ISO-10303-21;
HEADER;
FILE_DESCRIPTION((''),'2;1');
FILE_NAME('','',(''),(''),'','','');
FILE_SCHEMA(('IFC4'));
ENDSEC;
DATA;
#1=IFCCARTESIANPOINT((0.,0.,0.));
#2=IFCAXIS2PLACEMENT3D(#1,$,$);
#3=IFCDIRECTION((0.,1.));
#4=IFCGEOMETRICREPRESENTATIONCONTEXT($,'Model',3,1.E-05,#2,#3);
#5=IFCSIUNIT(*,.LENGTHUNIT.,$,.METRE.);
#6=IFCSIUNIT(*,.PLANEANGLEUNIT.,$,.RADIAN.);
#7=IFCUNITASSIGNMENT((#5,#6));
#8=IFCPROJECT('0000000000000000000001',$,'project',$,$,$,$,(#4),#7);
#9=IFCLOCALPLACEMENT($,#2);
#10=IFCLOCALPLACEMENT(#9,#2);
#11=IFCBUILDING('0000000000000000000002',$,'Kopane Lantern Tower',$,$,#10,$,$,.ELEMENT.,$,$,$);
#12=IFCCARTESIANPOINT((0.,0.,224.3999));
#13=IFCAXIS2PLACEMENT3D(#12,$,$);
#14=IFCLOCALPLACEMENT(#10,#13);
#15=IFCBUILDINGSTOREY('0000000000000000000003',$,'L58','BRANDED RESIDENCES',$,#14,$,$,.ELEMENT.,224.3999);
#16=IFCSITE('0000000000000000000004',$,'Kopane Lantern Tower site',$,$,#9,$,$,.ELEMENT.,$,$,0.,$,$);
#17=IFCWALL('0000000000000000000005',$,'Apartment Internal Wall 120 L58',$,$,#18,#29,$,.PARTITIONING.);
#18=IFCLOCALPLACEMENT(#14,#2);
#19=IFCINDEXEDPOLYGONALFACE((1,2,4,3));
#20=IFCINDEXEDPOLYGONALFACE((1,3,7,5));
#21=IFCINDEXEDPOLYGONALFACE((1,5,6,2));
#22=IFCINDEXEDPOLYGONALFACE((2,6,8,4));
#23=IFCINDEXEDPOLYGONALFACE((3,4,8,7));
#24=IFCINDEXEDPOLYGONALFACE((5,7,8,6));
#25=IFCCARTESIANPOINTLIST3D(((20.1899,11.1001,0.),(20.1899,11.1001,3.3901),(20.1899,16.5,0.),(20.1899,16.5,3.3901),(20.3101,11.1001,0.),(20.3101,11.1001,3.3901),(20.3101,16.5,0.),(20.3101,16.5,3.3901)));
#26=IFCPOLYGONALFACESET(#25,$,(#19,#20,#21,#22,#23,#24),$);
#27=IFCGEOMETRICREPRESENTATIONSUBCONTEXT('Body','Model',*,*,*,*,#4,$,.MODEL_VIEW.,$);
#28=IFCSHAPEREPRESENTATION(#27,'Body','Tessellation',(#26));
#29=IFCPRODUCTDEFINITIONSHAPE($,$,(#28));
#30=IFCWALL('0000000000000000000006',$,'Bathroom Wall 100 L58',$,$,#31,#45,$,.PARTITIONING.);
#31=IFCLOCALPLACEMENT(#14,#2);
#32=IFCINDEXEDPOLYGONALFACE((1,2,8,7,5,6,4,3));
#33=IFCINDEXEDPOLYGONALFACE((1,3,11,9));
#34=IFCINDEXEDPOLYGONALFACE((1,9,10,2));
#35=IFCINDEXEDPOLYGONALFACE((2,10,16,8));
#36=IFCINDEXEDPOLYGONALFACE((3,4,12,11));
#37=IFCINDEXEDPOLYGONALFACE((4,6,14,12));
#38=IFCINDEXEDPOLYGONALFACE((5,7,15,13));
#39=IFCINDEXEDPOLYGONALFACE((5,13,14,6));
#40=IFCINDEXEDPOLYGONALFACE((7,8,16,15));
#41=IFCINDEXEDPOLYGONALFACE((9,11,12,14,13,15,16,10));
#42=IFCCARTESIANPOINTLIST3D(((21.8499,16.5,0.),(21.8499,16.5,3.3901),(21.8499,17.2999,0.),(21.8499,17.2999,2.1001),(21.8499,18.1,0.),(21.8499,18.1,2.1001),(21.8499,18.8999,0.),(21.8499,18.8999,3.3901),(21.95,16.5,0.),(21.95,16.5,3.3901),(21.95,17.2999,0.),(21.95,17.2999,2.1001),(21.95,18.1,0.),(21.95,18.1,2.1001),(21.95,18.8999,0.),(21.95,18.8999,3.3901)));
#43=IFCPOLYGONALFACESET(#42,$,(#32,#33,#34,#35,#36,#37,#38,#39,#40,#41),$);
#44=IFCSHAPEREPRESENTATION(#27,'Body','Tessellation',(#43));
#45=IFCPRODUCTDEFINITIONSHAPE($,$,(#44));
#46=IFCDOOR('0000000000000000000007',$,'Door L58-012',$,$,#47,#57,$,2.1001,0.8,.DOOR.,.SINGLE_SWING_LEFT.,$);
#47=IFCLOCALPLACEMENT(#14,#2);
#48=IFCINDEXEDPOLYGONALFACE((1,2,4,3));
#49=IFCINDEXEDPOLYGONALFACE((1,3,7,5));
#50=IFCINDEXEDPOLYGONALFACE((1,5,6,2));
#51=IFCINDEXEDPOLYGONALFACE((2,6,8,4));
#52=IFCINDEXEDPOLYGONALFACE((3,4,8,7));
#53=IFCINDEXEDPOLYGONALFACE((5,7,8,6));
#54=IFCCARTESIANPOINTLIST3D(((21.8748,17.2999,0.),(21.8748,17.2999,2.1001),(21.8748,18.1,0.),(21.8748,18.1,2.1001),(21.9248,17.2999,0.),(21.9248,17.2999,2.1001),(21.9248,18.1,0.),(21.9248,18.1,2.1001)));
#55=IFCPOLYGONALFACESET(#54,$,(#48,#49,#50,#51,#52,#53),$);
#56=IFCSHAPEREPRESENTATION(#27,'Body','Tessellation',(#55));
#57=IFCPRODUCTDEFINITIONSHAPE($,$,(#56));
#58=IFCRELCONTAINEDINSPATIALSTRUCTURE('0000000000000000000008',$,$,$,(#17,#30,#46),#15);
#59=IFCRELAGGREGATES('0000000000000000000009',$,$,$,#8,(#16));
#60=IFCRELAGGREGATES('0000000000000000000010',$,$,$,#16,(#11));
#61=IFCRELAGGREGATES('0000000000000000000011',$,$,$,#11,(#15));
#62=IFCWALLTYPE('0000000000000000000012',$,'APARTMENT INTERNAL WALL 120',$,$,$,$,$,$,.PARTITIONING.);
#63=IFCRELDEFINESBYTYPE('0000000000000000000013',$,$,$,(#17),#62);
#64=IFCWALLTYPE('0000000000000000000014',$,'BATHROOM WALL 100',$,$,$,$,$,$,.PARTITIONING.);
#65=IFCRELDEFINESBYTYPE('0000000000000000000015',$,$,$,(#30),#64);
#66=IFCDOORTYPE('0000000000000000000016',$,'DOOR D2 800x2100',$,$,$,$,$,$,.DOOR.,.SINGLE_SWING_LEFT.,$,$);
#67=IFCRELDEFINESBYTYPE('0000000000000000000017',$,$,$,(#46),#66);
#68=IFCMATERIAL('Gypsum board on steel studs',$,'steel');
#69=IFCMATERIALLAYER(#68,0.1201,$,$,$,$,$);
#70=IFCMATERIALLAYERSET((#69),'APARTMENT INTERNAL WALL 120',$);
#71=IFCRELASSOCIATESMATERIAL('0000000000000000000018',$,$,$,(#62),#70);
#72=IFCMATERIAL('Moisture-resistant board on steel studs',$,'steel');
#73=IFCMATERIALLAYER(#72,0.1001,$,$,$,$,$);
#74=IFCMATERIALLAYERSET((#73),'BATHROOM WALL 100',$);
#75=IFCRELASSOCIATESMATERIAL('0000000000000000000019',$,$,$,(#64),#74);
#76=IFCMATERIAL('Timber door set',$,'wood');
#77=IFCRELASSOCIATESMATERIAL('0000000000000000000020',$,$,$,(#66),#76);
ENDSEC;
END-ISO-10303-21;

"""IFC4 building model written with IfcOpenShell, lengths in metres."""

from ifc_helpers import new_model, si_unit, direction, frame, frame_2d, origin, place, context, subcontext, project, spatial, rectangle, extrude, material, layer, layer_set, type_object, element, fill, save


model = new_model("IFC4")

# Units and contexts
model_context = context("Model", 3, precision=1e-05, world=origin(), true_north=direction((0.0, 1.0)))
body_context = subcontext(model_context, "Body", "Model", "MODEL_VIEW")
ifc_project = project(units=[si_unit("LENGTHUNIT", "METRE"), si_unit("PLANEANGLEUNIT", "RADIAN")], contexts=[model_context])

# Site, building, storey
site_placement = place(None, origin())
site = spatial("IfcSite", under=ifc_project, at=site_placement, Name="Kopane Lantern Tower site", CompositionType="ELEMENT", RefElevation=0.0)
building_placement = place(site_placement, origin())
building = spatial("IfcBuilding", under=site, at=building_placement, Name="Kopane Lantern Tower", CompositionType="ELEMENT")
storey_placement = place(building_placement, frame((0.0, 0.0, 224.3999)))
storey = spatial("IfcBuildingStorey", under=building, at=storey_placement, Name="L58", Description="BRANDED RESIDENCES", CompositionType="ELEMENT", Elevation=224.3999)

# Wall
ifc_material_1 = material(Name="Gypsum board on steel studs", Category="steel")
ifc_layer_1 = layer(ifc_material_1, 0.1201)
ifc_layer_set_1 = layer_set([ifc_layer_1], Name="APARTMENT INTERNAL WALL 120")
wall_type_1 = type_object("IfcWallType", Name="APARTMENT INTERNAL WALL 120", PredefinedType="PARTITIONING", material=ifc_layer_set_1)
wall_1_placement = place(storey_placement, frame((20.25, 16.5, 0.0), z_axis=(0.0, 0.0, 1.0), x_axis=(0.0, -1.0, 0.0)))
element("IfcWall", 1, at=wall_1_placement, inside=storey, type_object=wall_type_1, Name="Apartment Internal Wall 120 L58", PredefinedType="PARTITIONING", context=body_context, shape_type="SweptSolid", body=[
    extrude(rectangle(XDim=5.3999, YDim=0.1201, at=frame_2d((2.7, 0.0))), origin(), (0.0, 0.0, 1.0), 3.3901),
])

# Wall, opening, door
ifc_material_2 = material(Name="Moisture-resistant board on steel studs", Category="steel")
ifc_layer_2 = layer(ifc_material_2, 0.1001)
ifc_layer_set_2 = layer_set([ifc_layer_2], Name="BATHROOM WALL 100")
wall_type_2 = type_object("IfcWallType", Name="BATHROOM WALL 100", PredefinedType="PARTITIONING", material=ifc_layer_set_2)
wall_2_placement = place(storey_placement, frame((21.8999, 18.8999, 0.0), z_axis=(0.0, 0.0, 1.0), x_axis=(0.0, -1.0, 0.0)))
wall_2 = element("IfcWall", 2, at=wall_2_placement, inside=storey, type_object=wall_type_2, Name="Bathroom Wall 100 L58", PredefinedType="PARTITIONING", context=body_context, shape_type="SweptSolid", body=[
    extrude(rectangle(XDim=2.3999, YDim=0.1001, at=frame_2d((1.2, 0.0))), origin(), (0.0, 0.0, 1.0), 3.3901),
])
opening_placement = place(wall_2_placement, frame((0.8, 0.0, 0.0)))
opening = element("IfcOpeningElement", 3, at=opening_placement, cuts=wall_2, PredefinedType="OPENING", context=body_context, shape_type="SweptSolid", body=[
    extrude(rectangle(XDim=0.8, YDim=2.1001, at=frame_2d((0.3999, 1.05))), frame((0.0, 0.0601, 0.0), z_axis=(0.0, -1.0, 0.0), x_axis=(1.0, 0.0, 0.0)), (0.0, 0.0, 1.0), 0.1201),
])
ifc_material_3 = material(Name="Timber door set", Category="wood")
door_type = type_object("IfcDoorType", Name="DOOR D2 800x2100", OperationType="SINGLE_SWING_LEFT", PredefinedType="DOOR", material=ifc_material_3)
door_placement = place(opening_placement, origin())
door = element("IfcDoor", 4, at=door_placement, inside=storey, type_object=door_type, Name="Door L58-012", OperationType="SINGLE_SWING_LEFT", OverallHeight=2.1001, OverallWidth=0.8, PredefinedType="DOOR", context=body_context, shape_type="SweptSolid", body=[
    extrude(rectangle(XDim=0.8, YDim=2.1001, at=frame_2d((0.3999, 1.05))), frame((0.0, 0.0249, 0.0), z_axis=(0.0, -1.0, 0.0), x_axis=(1.0, 0.0, 0.0)), (0.0, 0.0, 1.0), 0.05),
])
fill(opening, door)

save(model, "model.ifc")
